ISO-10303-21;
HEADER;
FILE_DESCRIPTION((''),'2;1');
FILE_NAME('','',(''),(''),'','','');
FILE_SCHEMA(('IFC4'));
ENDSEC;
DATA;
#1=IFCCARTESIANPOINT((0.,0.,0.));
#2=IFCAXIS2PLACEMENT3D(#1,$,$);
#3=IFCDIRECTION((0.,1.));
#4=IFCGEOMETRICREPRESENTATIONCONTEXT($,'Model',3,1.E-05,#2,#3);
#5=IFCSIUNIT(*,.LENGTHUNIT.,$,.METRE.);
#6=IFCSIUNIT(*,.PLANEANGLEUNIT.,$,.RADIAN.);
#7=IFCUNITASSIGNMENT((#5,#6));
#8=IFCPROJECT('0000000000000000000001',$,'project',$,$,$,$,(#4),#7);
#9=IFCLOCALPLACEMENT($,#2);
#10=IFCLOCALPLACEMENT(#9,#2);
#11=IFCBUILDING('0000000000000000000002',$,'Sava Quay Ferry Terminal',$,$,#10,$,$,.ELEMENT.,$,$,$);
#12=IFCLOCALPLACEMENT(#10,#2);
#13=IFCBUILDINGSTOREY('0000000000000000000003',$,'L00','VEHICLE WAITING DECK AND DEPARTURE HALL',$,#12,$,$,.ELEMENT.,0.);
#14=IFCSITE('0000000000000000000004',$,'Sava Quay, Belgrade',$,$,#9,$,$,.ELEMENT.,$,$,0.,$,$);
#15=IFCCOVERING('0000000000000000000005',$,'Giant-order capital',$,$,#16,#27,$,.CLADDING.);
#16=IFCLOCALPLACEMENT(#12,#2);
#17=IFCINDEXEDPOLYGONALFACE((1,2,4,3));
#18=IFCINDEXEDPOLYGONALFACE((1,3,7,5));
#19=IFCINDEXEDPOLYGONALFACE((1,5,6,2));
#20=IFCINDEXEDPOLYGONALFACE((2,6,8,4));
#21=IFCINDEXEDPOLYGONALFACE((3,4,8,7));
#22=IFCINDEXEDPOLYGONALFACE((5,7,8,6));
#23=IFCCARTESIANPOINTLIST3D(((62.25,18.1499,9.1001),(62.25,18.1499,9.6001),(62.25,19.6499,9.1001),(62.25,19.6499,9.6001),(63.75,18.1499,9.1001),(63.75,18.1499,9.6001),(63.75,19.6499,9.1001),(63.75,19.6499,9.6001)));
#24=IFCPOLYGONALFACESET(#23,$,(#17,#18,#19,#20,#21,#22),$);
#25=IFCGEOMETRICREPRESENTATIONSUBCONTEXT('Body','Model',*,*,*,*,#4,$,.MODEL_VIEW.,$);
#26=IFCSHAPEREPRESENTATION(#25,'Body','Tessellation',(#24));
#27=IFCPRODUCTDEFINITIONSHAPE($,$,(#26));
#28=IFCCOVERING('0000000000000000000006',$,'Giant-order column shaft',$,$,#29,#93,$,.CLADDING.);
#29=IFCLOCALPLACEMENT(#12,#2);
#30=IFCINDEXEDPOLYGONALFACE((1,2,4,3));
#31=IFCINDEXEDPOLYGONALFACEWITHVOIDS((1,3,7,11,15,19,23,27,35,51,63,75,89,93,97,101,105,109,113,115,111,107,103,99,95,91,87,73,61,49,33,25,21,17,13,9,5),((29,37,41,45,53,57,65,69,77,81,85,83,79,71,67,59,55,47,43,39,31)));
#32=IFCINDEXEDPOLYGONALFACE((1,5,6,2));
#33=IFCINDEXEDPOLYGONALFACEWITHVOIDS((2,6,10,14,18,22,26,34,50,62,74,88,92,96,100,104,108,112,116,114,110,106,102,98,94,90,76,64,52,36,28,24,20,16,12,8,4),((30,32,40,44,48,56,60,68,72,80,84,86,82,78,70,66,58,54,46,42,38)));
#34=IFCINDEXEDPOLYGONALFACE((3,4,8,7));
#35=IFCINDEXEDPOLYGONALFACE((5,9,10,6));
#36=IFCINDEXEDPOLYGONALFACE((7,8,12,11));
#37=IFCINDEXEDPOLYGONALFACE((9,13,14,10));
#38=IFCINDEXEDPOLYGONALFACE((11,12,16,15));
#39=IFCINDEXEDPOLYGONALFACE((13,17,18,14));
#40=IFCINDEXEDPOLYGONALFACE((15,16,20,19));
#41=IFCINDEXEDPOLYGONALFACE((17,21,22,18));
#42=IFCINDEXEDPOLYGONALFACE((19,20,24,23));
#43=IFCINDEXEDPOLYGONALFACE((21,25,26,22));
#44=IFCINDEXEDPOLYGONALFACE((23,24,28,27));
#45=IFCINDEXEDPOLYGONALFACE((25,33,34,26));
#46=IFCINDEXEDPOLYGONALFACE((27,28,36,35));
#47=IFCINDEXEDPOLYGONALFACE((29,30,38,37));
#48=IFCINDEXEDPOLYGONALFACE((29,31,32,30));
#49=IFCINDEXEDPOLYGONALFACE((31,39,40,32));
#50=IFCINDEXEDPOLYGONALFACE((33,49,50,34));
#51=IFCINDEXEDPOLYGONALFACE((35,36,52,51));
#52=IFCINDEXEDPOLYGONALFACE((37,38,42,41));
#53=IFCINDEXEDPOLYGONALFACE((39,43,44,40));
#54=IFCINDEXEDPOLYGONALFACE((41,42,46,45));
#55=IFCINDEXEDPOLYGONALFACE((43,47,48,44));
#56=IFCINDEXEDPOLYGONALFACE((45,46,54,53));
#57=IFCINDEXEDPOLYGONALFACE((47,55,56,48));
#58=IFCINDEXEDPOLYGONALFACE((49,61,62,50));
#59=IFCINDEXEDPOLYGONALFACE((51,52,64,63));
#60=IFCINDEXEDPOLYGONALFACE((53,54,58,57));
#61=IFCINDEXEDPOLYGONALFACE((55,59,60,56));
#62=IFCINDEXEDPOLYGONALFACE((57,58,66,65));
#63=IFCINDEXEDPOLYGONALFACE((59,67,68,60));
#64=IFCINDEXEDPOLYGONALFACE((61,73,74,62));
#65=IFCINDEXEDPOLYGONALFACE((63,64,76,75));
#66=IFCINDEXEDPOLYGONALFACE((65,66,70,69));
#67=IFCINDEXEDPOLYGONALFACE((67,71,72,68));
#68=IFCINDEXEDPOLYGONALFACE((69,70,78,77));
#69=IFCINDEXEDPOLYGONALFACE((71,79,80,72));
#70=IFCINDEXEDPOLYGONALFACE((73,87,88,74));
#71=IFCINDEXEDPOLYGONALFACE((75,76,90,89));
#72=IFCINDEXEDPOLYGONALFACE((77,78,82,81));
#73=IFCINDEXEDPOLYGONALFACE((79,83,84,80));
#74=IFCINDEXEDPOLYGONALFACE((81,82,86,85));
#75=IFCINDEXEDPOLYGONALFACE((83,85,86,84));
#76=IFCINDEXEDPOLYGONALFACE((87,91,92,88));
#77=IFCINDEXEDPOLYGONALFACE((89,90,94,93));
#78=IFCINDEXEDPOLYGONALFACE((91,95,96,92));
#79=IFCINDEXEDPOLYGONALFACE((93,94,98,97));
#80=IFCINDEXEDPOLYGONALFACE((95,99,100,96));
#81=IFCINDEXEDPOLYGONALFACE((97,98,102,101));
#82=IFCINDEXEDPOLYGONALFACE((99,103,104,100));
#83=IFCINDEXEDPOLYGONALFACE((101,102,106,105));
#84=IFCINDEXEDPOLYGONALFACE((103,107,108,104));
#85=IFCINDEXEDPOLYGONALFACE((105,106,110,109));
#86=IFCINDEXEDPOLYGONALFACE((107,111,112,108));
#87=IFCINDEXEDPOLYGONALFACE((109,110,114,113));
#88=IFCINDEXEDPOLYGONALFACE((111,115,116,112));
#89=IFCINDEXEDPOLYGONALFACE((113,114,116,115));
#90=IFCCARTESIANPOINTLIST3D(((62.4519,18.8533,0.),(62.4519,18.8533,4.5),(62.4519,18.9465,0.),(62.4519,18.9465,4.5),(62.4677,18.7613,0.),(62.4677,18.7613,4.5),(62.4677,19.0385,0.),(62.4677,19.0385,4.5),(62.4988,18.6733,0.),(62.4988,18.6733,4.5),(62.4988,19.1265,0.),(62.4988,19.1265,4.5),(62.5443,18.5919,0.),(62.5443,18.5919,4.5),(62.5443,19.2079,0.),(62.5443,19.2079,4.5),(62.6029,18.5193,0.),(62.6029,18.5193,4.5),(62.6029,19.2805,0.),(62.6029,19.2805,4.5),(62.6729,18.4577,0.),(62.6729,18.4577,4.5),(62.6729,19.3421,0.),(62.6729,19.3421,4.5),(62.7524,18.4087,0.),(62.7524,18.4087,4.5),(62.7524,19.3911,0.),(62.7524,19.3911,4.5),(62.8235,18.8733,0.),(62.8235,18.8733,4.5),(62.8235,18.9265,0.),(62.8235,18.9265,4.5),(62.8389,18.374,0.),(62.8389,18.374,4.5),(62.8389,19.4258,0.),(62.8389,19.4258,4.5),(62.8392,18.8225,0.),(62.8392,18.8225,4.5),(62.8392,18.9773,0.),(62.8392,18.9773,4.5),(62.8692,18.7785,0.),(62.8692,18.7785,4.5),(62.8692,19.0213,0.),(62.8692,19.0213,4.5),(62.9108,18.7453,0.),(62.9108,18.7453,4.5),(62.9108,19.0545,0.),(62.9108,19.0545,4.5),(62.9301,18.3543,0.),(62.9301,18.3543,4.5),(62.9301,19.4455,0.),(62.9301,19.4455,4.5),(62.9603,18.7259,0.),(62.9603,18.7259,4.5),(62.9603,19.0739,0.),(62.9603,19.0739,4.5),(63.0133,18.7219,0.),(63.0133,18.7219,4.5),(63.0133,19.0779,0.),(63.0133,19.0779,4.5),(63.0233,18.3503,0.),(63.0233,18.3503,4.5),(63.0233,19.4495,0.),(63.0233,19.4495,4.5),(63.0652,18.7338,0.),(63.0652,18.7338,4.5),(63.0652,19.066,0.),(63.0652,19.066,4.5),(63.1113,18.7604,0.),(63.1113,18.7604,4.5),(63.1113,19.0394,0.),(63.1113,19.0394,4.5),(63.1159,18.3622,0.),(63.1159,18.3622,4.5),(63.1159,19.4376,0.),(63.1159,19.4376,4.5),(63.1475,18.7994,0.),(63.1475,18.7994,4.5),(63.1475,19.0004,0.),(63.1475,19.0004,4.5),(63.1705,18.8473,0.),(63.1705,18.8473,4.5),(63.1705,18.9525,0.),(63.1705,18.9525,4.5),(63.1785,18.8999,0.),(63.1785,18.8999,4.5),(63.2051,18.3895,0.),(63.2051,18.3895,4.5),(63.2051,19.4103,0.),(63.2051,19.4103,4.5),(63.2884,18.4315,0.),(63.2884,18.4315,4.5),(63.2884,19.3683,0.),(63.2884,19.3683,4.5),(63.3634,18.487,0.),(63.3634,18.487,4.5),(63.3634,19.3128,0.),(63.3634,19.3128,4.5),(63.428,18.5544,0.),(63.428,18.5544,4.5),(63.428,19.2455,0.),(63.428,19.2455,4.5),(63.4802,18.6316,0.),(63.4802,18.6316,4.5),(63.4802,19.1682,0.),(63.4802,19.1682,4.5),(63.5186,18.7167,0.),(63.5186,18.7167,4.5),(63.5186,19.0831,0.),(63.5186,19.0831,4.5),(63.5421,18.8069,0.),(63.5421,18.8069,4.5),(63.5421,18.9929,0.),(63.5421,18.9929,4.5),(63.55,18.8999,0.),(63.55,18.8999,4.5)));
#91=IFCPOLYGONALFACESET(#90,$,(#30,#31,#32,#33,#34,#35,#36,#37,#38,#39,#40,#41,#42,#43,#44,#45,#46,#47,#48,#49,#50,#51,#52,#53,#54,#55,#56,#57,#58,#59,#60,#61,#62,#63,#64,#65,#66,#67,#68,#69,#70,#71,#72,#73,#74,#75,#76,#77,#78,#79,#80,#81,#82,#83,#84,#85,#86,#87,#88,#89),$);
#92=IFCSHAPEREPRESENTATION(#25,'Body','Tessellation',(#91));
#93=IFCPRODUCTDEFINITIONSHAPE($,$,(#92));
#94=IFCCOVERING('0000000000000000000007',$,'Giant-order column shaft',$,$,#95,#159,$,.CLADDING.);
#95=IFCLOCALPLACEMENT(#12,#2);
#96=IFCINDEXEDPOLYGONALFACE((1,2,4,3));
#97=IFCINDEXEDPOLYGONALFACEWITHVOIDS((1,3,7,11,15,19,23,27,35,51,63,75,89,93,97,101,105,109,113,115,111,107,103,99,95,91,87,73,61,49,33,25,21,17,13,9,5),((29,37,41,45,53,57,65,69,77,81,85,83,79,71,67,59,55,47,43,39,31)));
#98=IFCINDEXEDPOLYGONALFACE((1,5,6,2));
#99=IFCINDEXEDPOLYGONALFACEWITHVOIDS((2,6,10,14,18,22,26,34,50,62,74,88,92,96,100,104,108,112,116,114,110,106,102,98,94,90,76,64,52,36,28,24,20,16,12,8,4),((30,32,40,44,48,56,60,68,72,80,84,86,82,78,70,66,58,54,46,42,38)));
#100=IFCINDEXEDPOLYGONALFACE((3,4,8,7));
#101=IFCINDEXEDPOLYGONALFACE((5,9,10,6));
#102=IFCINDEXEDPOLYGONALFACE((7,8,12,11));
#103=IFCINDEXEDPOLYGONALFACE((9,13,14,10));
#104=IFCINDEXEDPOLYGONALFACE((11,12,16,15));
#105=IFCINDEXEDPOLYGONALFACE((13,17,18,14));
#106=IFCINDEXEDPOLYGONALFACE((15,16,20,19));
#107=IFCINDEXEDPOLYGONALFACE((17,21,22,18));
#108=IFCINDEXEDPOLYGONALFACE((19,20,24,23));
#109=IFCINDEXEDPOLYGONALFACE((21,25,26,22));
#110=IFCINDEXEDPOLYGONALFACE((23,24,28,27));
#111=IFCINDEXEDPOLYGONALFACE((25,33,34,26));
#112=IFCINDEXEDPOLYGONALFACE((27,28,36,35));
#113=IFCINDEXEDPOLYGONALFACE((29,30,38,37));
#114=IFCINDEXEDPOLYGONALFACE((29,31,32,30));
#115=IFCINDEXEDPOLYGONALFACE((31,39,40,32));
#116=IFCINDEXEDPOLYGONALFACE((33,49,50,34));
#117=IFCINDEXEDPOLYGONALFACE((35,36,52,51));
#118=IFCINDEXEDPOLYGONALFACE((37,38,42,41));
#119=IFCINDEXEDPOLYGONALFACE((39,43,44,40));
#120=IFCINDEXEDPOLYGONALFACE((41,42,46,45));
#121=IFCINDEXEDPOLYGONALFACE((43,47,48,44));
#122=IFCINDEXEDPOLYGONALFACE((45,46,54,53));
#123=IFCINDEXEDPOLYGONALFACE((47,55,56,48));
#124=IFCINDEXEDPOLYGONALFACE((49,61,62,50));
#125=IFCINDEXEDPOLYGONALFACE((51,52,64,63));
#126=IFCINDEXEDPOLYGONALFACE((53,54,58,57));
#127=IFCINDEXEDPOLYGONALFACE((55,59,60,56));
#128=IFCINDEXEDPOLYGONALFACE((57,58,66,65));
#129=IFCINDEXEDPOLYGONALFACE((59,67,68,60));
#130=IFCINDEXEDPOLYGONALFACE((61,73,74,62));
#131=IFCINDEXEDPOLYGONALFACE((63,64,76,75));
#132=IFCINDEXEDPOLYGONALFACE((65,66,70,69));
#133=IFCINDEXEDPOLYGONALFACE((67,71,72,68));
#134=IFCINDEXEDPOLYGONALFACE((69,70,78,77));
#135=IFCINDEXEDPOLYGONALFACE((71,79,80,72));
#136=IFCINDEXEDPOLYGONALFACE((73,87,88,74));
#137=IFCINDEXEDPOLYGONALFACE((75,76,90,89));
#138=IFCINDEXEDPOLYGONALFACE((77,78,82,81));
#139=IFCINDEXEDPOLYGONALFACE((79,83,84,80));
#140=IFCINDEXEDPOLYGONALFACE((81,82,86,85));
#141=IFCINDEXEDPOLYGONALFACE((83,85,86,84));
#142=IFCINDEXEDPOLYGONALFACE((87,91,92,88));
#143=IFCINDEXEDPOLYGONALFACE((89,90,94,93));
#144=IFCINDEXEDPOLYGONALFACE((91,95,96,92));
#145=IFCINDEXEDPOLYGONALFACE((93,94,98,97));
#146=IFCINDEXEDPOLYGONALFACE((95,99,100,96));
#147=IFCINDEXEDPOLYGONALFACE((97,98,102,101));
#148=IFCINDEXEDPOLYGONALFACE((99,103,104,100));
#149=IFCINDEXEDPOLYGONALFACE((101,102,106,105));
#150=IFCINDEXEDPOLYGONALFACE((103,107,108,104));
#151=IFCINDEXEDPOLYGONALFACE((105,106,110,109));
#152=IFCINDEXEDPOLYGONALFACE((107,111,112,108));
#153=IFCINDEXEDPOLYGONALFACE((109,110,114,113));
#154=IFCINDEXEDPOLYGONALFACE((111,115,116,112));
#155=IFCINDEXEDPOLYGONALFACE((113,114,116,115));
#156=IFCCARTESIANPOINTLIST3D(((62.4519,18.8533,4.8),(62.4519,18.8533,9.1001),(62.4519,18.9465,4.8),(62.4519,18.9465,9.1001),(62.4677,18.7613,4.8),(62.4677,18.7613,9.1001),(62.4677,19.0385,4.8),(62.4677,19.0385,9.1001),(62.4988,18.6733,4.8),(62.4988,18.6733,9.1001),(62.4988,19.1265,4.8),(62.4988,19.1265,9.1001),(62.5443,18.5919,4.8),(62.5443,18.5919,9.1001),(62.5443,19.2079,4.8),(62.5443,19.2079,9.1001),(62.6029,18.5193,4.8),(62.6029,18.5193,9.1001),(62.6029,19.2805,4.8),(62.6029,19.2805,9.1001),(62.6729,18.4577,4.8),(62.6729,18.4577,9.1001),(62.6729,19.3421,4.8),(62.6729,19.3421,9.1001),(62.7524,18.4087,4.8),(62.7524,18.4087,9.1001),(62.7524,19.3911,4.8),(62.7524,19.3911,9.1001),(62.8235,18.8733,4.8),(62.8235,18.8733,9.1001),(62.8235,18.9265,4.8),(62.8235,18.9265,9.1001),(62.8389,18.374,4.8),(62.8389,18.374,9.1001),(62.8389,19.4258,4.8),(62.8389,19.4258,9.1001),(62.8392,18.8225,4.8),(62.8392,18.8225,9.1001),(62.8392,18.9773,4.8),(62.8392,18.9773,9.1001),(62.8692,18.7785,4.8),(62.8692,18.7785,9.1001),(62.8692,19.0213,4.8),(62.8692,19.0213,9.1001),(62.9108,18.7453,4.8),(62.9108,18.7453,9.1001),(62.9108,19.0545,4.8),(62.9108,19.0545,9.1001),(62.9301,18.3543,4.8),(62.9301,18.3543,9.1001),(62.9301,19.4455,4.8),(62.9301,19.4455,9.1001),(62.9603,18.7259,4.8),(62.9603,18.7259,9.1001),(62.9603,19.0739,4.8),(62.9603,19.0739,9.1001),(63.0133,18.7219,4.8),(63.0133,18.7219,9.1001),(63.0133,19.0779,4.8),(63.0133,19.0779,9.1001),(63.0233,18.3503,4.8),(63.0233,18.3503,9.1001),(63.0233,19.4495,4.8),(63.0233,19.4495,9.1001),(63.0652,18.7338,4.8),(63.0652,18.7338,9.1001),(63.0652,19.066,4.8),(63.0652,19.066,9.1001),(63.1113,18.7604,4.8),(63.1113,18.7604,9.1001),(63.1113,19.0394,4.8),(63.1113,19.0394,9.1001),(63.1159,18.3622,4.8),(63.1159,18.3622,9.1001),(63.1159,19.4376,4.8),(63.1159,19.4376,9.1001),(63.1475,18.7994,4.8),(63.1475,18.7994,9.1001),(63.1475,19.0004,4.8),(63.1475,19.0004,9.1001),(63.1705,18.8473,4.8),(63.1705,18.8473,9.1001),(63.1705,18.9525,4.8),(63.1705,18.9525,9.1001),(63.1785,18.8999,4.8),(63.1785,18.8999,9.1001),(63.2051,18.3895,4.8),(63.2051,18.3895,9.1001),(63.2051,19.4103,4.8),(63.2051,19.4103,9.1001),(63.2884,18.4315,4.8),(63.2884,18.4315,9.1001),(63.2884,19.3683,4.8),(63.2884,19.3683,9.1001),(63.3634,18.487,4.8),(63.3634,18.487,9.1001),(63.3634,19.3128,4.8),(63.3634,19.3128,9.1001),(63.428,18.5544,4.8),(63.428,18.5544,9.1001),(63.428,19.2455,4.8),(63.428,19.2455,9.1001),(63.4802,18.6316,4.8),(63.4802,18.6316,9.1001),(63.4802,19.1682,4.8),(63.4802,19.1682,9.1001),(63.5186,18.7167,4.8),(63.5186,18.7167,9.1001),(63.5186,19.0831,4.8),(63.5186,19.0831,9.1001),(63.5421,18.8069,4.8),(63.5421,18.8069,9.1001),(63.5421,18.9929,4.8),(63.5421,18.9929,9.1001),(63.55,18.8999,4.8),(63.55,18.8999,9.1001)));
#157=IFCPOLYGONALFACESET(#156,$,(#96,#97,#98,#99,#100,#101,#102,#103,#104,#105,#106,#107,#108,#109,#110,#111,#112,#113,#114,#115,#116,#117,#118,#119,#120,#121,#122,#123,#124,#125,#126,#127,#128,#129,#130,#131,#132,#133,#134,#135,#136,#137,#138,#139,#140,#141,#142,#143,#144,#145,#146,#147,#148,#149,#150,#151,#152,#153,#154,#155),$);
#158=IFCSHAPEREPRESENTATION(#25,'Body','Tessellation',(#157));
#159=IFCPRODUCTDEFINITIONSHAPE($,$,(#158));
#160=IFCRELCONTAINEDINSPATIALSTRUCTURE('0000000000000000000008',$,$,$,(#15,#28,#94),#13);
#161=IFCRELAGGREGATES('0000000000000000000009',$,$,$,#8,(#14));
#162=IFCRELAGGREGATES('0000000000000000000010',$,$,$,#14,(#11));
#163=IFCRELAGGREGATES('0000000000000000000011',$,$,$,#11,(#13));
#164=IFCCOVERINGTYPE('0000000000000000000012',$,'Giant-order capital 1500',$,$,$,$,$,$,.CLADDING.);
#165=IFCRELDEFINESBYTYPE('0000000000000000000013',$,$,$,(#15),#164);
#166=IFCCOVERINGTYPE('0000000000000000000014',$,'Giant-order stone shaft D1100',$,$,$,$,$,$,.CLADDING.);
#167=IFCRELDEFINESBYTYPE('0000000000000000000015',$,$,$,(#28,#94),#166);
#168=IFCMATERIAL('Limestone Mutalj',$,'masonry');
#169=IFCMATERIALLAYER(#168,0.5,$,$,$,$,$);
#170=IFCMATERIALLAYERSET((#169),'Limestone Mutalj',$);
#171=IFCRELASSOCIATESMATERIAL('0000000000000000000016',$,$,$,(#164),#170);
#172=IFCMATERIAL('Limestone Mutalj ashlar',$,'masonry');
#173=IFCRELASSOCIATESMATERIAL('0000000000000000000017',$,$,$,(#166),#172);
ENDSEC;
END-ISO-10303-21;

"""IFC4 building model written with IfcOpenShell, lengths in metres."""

from ifc_helpers import new_model, si_unit, direction, frame, origin, origin_2d, place, context, subcontext, project, spatial, rectangle, hollow_circle, extrude, material, layer, layer_set, material_profile, profile_set, type_object, element, save


model = new_model("IFC4")

# Units and contexts
model_context = context("Model", 3, precision=1e-05, world=origin(), true_north=direction((0.0, 1.0)))
body_context = subcontext(model_context, "Body", "Model", "MODEL_VIEW")
ifc_project = project(units=[si_unit("LENGTHUNIT", "METRE"), si_unit("PLANEANGLEUNIT", "RADIAN")], contexts=[model_context])

# Site, building, storey
site_placement = place(None, origin())
site = spatial("IfcSite", under=ifc_project, at=site_placement, Name="Sava Quay, Belgrade", CompositionType="ELEMENT", RefElevation=0.0)
building_placement = place(site_placement, origin())
building = spatial("IfcBuilding", under=site, at=building_placement, Name="Sava Quay Ferry Terminal", CompositionType="ELEMENT")
storey_placement = place(building_placement, origin())
storey = spatial("IfcBuildingStorey", under=building, at=storey_placement, Name="L00", Description="VEHICLE WAITING DECK AND DEPARTURE HALL", CompositionType="ELEMENT", Elevation=0.0)

# Coverings
ifc_material_1 = material(Name="Limestone Mutalj", Category="masonry")
ifc_layer_1 = layer(ifc_material_1, 0.5)
ifc_layer_set_1 = layer_set([ifc_layer_1], Name="Limestone Mutalj")
covering_type_1 = type_object("IfcCoveringType", Name="Giant-order capital 1500", PredefinedType="CLADDING", material=ifc_layer_set_1)
covering_1_placement = place(storey_placement, frame((63.0, 18.8999, 9.1001), z_axis=(0.0, 0.0, 1.0), x_axis=(1.0, 0.0, 0.0)))
element("IfcCovering", 1, at=covering_1_placement, inside=storey, type_object=covering_type_1, Name="Giant-order capital", PredefinedType="CLADDING", context=body_context, shape_type="SweptSolid", body=[
    extrude(rectangle(XDim=1.5, YDim=1.5, at=origin_2d()), origin(), (0.0, 0.0, 1.0), 0.5),
])
ifc_material_2 = material(Name="Limestone Mutalj ashlar", Category="masonry")
ifc_material_profile_1 = material_profile(ifc_material_2, hollow_circle(Radius=0.55, WallThickness=0.3716, at=origin_2d()), Name="Stone shaft D1100")
ifc_profile_set_1 = profile_set([ifc_material_profile_1], Name="Limestone Mutalj ashlar")
covering_type_2 = type_object("IfcCoveringType", Name="Giant-order stone shaft D1100", PredefinedType="CLADDING", material=ifc_profile_set_1)
covering_2_placement = place(storey_placement, frame((63.0, 18.8999, 0.0), z_axis=(0.0, 0.0, 1.0), x_axis=(1.0, 0.0, 0.0)))
element("IfcCovering", 2, at=covering_2_placement, inside=storey, type_object=covering_type_2, Name="Giant-order column shaft", PredefinedType="CLADDING", context=body_context, shape_type="SweptSolid", body=[
    extrude(hollow_circle(Radius=0.55, WallThickness=0.3716, at=origin_2d()), origin(), (0.0, 0.0, 1.0), 4.5),
])
covering_3_placement = place(storey_placement, frame((63.0, 18.8999, 4.8), z_axis=(0.0, 0.0, 1.0), x_axis=(1.0, 0.0, 0.0)))
element("IfcCovering", 3, at=covering_3_placement, inside=storey, type_object=covering_type_2, Name="Giant-order column shaft", PredefinedType="CLADDING", context=body_context, shape_type="SweptSolid", body=[
    extrude(hollow_circle(Radius=0.55, WallThickness=0.3716, at=origin_2d()), origin(), (0.0, 0.0, 1.0), 4.3),
])

save(model, "model.ifc")
